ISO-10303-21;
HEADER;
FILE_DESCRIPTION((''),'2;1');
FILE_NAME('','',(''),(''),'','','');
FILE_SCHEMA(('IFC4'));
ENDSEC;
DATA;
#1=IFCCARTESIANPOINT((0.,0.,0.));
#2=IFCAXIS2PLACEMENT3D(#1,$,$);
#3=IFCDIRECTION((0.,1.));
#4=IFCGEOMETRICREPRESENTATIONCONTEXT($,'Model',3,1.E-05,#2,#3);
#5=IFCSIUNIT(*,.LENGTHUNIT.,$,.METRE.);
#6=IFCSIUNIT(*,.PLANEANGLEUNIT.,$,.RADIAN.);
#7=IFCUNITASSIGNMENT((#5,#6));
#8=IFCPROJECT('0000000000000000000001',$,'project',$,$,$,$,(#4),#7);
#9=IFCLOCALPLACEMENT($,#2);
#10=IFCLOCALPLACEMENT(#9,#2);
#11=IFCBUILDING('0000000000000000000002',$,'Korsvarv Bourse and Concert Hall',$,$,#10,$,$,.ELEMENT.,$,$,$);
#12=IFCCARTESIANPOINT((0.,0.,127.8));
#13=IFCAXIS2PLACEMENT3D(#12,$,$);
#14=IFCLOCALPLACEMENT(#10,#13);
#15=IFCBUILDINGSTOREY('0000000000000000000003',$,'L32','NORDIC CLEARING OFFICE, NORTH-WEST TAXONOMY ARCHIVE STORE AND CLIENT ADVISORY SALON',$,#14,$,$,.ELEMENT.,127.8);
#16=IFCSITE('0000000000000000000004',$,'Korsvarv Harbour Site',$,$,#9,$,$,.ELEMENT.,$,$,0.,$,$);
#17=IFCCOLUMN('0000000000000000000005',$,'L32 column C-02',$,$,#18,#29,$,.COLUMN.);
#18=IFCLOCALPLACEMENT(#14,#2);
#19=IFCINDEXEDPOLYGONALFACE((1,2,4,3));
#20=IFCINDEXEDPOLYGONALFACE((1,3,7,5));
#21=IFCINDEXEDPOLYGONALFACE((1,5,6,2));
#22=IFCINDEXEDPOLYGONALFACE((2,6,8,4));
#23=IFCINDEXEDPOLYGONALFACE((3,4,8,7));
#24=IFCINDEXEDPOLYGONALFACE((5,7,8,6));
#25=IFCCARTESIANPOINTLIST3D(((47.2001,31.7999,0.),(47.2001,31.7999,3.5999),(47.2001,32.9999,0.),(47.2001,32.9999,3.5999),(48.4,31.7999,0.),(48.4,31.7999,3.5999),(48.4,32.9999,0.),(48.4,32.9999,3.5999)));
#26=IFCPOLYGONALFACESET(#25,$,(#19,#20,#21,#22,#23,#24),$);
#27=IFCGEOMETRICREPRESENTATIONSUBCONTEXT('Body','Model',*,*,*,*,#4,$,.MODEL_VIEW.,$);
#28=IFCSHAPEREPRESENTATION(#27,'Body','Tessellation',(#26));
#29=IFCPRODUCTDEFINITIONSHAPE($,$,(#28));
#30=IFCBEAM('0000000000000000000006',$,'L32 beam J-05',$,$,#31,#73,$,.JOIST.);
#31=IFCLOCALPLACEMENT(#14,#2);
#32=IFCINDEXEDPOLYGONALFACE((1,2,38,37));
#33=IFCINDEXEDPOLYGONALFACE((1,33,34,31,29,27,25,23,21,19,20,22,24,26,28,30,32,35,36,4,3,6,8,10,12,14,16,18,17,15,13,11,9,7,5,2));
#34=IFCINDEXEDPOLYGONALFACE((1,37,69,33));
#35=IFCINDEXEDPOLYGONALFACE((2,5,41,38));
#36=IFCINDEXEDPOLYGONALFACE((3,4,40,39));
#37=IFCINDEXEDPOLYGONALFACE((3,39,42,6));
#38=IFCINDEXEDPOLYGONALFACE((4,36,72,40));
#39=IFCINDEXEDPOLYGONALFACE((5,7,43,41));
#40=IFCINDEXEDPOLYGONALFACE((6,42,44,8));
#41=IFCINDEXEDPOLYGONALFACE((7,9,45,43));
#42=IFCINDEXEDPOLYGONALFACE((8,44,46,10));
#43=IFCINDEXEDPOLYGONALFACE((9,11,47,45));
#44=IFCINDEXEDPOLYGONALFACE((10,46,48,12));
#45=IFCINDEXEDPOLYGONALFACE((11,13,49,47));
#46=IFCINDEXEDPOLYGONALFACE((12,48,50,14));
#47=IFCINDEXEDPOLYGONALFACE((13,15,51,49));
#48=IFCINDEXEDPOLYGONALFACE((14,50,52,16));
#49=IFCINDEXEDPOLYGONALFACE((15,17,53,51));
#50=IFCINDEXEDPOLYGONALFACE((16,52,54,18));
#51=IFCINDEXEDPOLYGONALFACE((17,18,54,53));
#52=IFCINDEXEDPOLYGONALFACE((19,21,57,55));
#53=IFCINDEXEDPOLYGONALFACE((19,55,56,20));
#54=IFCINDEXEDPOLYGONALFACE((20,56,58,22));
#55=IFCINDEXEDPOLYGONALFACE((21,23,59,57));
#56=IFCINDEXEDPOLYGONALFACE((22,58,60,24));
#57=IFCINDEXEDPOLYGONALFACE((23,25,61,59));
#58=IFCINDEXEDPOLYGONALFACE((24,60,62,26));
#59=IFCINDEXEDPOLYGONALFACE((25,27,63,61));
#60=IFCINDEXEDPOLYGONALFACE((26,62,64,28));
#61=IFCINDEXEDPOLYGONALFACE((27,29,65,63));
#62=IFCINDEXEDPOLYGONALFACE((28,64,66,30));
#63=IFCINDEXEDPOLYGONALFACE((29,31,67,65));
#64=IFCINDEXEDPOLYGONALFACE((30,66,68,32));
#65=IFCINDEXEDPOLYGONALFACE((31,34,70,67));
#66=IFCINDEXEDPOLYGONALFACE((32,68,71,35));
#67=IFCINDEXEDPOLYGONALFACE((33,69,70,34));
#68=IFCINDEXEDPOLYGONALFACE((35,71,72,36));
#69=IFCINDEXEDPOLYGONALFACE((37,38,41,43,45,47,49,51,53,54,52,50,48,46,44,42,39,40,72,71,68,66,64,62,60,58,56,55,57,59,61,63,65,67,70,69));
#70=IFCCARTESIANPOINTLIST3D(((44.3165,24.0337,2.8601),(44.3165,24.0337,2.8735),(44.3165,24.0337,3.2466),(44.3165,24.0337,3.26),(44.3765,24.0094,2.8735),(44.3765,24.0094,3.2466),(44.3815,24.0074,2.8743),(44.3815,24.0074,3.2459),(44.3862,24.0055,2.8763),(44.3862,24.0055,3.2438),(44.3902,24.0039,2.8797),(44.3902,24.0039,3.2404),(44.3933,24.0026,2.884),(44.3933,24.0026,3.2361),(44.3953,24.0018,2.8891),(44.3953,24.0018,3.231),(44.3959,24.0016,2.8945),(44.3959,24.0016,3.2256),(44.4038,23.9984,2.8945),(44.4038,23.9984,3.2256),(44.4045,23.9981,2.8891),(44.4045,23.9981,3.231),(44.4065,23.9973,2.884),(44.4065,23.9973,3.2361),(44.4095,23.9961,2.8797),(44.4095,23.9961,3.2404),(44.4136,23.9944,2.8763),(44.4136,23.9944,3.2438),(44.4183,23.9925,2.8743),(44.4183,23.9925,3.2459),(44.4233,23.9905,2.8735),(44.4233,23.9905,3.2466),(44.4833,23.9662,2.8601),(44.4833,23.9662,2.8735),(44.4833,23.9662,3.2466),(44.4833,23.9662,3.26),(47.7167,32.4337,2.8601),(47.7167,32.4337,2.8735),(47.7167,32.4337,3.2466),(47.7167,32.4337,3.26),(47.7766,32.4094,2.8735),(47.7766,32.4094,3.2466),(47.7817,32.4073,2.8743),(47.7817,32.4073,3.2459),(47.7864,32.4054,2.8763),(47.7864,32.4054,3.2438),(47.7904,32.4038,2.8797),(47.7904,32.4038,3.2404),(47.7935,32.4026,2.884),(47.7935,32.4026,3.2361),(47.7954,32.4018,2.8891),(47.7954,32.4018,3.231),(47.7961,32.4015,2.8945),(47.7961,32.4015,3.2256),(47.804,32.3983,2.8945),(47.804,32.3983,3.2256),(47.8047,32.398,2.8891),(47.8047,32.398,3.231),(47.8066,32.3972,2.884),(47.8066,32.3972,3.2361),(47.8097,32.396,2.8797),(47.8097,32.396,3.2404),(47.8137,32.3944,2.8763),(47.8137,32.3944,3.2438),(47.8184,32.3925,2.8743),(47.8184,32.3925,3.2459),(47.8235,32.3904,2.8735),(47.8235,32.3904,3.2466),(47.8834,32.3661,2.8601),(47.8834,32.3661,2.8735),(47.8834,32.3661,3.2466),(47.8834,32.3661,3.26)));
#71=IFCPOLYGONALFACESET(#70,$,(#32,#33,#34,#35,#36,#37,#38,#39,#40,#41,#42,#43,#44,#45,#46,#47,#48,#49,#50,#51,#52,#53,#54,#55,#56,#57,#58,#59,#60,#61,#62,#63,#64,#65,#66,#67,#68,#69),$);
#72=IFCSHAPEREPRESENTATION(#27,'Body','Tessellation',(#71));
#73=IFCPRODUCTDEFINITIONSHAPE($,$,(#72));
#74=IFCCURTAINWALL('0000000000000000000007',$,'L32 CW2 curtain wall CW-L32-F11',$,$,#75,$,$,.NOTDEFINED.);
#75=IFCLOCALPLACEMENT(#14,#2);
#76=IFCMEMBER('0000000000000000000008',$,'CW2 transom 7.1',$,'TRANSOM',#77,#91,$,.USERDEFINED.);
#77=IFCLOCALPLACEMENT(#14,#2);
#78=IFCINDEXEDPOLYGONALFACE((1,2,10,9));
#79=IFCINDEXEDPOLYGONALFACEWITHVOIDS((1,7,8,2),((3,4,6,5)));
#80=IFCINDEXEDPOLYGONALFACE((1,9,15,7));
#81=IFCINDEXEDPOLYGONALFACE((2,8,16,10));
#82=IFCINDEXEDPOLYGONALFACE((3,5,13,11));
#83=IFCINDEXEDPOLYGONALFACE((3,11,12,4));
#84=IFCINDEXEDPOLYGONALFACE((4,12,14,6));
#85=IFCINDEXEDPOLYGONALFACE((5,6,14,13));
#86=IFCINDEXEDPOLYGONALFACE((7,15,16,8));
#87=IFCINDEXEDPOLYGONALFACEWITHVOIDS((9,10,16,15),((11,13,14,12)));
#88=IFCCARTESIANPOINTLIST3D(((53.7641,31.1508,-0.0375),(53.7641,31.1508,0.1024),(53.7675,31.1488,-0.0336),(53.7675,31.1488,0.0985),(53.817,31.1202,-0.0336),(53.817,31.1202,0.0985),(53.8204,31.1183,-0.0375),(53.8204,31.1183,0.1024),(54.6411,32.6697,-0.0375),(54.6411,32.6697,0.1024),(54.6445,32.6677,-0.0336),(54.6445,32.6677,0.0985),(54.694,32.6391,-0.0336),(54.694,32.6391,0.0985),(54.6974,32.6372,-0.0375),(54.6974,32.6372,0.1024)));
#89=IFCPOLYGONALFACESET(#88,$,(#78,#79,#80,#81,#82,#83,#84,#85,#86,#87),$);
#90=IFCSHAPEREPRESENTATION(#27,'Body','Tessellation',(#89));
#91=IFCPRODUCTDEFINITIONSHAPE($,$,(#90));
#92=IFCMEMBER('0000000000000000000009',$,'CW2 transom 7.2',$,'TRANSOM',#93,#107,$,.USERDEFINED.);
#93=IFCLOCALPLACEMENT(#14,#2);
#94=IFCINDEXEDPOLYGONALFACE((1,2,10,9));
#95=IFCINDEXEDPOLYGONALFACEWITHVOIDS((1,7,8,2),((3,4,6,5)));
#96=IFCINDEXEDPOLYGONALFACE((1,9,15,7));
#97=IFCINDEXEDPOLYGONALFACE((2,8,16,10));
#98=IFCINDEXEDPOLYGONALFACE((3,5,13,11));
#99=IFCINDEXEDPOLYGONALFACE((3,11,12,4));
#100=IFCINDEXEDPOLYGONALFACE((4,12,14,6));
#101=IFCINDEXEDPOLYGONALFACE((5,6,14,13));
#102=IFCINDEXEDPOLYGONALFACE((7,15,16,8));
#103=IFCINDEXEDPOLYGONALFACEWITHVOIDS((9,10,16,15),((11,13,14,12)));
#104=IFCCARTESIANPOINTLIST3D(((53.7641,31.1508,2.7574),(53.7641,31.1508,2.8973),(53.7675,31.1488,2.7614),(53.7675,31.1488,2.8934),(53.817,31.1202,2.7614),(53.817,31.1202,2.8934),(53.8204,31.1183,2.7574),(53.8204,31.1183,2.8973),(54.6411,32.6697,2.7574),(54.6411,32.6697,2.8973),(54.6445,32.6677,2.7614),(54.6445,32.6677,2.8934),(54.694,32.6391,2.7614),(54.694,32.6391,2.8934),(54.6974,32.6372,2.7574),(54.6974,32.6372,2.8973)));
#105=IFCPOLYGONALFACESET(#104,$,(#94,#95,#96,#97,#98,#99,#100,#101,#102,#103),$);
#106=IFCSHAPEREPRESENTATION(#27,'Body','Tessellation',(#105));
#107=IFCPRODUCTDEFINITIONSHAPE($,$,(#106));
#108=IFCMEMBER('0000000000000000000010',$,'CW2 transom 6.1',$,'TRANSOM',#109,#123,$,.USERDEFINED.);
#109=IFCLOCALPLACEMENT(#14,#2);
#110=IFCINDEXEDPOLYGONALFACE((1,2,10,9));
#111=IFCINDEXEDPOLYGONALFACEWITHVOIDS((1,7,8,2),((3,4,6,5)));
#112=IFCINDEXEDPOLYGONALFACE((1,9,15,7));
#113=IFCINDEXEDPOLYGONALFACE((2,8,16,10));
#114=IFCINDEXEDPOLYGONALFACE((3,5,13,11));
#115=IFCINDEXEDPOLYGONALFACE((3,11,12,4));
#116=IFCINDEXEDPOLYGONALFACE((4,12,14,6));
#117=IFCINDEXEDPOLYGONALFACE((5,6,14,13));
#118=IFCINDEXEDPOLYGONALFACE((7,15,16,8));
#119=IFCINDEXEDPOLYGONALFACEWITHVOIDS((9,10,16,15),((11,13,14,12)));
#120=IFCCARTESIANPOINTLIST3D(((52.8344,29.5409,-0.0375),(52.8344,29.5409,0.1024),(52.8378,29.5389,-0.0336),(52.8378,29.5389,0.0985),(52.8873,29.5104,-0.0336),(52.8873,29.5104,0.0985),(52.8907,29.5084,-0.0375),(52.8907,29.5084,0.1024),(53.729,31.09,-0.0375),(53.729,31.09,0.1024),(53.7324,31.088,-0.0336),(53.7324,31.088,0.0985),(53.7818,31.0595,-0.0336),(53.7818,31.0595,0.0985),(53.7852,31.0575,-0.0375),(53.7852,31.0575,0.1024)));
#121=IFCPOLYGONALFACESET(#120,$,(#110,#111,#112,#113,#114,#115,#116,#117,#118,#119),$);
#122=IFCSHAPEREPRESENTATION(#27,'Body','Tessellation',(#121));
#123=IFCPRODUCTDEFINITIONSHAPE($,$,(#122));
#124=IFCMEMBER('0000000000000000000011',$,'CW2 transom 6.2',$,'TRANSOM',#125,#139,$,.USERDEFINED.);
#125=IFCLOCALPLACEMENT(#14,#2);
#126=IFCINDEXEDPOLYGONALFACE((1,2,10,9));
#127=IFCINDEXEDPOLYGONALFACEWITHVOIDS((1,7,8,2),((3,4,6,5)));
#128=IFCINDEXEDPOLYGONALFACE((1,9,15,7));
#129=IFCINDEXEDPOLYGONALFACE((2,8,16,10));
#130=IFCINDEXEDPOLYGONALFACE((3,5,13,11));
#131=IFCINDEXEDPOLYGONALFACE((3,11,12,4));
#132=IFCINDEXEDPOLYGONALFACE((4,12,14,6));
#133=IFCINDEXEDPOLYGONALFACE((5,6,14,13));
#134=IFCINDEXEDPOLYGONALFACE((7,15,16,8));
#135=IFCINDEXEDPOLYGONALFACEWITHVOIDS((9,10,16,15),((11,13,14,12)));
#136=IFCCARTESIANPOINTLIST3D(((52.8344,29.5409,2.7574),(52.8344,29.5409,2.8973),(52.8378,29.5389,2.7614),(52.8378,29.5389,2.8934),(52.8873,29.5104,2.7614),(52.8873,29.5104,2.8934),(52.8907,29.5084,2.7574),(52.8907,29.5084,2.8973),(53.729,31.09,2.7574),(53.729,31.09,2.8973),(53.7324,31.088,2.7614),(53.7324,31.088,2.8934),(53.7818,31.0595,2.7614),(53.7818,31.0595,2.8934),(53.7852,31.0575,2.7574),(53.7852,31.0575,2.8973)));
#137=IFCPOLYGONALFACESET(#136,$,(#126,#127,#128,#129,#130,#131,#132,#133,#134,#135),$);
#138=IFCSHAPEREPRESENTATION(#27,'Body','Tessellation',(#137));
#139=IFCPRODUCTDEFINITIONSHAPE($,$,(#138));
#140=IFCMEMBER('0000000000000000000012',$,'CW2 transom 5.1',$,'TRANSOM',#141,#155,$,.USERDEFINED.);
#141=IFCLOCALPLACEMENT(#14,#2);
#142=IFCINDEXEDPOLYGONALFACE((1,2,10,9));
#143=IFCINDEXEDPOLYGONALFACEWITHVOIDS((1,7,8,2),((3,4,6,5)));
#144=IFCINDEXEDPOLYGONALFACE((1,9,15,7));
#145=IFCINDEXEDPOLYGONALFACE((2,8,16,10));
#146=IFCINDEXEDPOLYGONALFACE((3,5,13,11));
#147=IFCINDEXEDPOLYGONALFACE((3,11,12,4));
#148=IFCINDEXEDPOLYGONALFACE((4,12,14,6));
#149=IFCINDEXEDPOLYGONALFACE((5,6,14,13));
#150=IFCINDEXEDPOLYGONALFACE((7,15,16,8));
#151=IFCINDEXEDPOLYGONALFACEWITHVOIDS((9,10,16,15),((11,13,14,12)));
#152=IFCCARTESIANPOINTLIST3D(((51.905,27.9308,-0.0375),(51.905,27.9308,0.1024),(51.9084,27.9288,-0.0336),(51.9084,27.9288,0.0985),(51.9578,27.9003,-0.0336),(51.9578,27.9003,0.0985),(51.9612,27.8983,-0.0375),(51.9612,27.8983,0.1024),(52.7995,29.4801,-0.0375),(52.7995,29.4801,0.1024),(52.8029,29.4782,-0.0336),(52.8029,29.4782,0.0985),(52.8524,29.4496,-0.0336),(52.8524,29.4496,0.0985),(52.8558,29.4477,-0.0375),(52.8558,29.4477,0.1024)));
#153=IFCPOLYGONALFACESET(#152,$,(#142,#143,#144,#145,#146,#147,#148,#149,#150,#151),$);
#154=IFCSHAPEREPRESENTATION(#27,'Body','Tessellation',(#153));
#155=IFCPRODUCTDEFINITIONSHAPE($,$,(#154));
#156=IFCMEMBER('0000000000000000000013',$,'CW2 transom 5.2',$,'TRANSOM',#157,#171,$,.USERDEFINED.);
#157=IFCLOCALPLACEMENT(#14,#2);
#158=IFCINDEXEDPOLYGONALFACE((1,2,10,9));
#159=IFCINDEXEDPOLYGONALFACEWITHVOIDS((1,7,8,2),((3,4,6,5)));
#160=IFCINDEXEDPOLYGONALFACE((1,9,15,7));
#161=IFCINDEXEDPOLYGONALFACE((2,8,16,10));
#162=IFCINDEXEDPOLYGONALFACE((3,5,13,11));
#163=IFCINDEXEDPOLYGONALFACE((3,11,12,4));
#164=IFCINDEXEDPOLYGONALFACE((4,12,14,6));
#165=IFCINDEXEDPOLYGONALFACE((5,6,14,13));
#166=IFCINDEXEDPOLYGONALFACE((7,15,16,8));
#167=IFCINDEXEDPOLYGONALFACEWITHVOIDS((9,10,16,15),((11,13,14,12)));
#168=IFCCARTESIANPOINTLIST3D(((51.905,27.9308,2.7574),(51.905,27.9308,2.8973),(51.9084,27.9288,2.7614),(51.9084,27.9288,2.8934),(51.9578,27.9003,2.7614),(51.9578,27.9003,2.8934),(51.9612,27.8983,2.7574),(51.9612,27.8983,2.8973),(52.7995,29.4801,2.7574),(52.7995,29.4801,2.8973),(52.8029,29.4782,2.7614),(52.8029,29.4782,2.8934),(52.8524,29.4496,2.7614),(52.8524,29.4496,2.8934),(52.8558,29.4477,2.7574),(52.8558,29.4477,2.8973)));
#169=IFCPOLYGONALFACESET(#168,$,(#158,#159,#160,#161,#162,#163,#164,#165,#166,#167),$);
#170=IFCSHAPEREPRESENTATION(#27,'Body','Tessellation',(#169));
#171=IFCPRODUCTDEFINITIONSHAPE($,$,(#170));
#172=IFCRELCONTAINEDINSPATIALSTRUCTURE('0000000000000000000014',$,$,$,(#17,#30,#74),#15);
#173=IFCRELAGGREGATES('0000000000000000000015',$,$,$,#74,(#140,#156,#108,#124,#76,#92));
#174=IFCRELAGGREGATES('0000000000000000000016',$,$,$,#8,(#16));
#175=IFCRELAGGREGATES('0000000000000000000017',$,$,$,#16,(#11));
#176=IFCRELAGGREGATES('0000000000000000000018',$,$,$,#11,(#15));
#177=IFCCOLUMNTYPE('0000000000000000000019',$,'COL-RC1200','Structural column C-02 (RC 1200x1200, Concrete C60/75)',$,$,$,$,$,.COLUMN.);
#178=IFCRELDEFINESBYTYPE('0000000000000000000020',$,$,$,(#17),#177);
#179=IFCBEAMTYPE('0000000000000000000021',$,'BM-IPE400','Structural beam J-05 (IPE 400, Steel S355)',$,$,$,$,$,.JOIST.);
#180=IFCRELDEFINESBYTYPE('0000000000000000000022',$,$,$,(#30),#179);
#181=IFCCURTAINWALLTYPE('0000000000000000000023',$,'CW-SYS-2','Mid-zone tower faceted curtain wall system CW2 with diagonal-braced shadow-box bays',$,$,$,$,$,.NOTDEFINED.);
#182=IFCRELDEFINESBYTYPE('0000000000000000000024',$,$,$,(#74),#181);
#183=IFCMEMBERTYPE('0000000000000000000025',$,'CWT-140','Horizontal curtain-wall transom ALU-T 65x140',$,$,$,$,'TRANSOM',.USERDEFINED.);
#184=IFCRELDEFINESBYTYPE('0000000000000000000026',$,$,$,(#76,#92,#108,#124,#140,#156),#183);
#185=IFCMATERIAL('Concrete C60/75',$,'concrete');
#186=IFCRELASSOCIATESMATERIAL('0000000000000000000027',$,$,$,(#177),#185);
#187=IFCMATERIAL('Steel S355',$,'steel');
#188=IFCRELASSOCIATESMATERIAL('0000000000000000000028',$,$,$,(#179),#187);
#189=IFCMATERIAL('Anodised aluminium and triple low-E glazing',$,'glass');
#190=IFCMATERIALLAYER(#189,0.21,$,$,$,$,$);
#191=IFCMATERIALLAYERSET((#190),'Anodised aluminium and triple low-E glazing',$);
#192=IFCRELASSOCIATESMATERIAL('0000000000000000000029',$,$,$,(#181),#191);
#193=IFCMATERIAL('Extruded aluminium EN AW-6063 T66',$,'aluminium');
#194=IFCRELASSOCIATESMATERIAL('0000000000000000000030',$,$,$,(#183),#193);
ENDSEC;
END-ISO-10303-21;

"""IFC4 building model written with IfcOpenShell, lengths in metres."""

from ifc_helpers import new_model, si_unit, direction, frame, origin, origin_2d, place, context, subcontext, project, spatial, rectangle, hollow_rectangle, i_section, extrude, source, transform, mapped, material, layer, layer_set, material_profile, profile_set, type_object, element, aggregate, save


model = new_model("IFC4")

# Units and contexts
model_context = context("Model", 3, precision=1e-05, world=origin(), true_north=direction((0.0, 1.0)))
body_context = subcontext(model_context, "Body", "Model", "MODEL_VIEW")
ifc_project = project(units=[si_unit("LENGTHUNIT", "METRE"), si_unit("PLANEANGLEUNIT", "RADIAN")], contexts=[model_context])

# Site, building, storey
site_placement = place(None, origin())
site = spatial("IfcSite", under=ifc_project, at=site_placement, Name="Korsvarv Harbour Site", CompositionType="ELEMENT", RefElevation=0.0)
building_placement = place(site_placement, origin())
building = spatial("IfcBuilding", under=site, at=building_placement, Name="Korsvarv Bourse and Concert Hall", CompositionType="ELEMENT")
storey_placement = place(building_placement, frame((0.0, 0.0, 127.8)))
storey = spatial("IfcBuildingStorey", under=building, at=storey_placement, Name="L32", Description="NORDIC CLEARING OFFICE, NORTH-WEST TAXONOMY ARCHIVE STORE AND CLIENT ADVISORY SALON", CompositionType="ELEMENT", Elevation=127.8)

# Column
ifc_material_1 = material(Name="Concrete C60/75", Category="concrete")
ifc_material_profile_1 = material_profile(ifc_material_1, rectangle(XDim=1.2, YDim=1.2, at=origin_2d()), Name="RC 1200x1200")
ifc_profile_set_1 = profile_set([ifc_material_profile_1], Name="Concrete C60/75")
column_type = type_object("IfcColumnType", Name="COL-RC1200", Description="Structural column C-02 (RC 1200x1200, Concrete C60/75)", PredefinedType="COLUMN", material=ifc_profile_set_1)
shared_shape_1 = source(origin(), body_context, "Body", "SweptSolid", [
    extrude(rectangle(XDim=1.2, YDim=1.2, at=origin_2d()), origin(), (0.0, 0.0, 1.0), 3.5999),
])
column_placement = place(storey_placement, frame((47.8, 32.3999, 0.0), z_axis=(0.0, 0.0, 1.0), x_axis=(1.0, 0.0, 0.0)))
element("IfcColumn", 1, at=column_placement, inside=storey, type_object=column_type, Name="L32 column C-02", PredefinedType="COLUMN", context=body_context, shape_type="MappedRepresentation", body=[
    mapped(shared_shape_1, transform((0.0, 0.0, 0.0), scale=1.0)),
])

# Beam
ifc_material_2 = material(Name="Steel S355", Category="steel")
ifc_material_profile_2 = material_profile(ifc_material_2, i_section(OverallWidth=0.1799, OverallDepth=0.3999, WebThickness=0.0085, FlangeThickness=0.0134, FilletRadius=0.021, at=origin_2d()), Name="IPE 400")
ifc_profile_set_2 = profile_set([ifc_material_profile_2], Name="Steel S355")
beam_type = type_object("IfcBeamType", Name="BM-IPE400", Description="Structural beam J-05 (IPE 400, Steel S355)", PredefinedType="JOIST", material=ifc_profile_set_2)
shared_shape_2 = source(origin(), body_context, "Body", "SweptSolid", [
    extrude(i_section(OverallWidth=0.1799, OverallDepth=0.3999, WebThickness=0.0085, FlangeThickness=0.0134, FilletRadius=0.021, at=origin_2d()), origin(), (0.0, 0.0, 1.0), 9.062),
])
beam_placement = place(storey_placement, frame((47.8, 32.3999, 3.0601), z_axis=(-0.37521, -0.92694, 0.0), x_axis=(0.92694, -0.37521, 0.0)))
element("IfcBeam", 2, at=beam_placement, inside=storey, type_object=beam_type, Name="L32 beam J-05", PredefinedType="JOIST", context=body_context, shape_type="MappedRepresentation", body=[
    mapped(shared_shape_2, transform((0.0, 0.0, 0.0), scale=1.0)),
])

# Curtain wall, members
ifc_material_3 = material(Name="Anodised aluminium and triple low-E glazing", Category="glass")
ifc_layer_1 = layer(ifc_material_3, 0.21)
ifc_layer_set_1 = layer_set([ifc_layer_1], Name="Anodised aluminium and triple low-E glazing")
curtain_wall_type = type_object("IfcCurtainWallType", Name="CW-SYS-2", Description="Mid-zone tower faceted curtain wall system CW2 with diagonal-braced shadow-box bays", PredefinedType="NOTDEFINED", material=ifc_layer_set_1)
curtain_wall_placement = place(storey_placement, origin())
curtain_wall = element("IfcCurtainWall", 3, at=curtain_wall_placement, inside=storey, type_object=curtain_wall_type, Name="L32 CW2 curtain wall CW-L32-F11", PredefinedType="NOTDEFINED")
ifc_material_4 = material(Name="Extruded aluminium EN AW-6063 T66", Category="aluminium")
ifc_material_profile_3 = material_profile(ifc_material_4, hollow_rectangle(XDim=0.0649, YDim=0.1399, WallThickness=0.0039, at=origin_2d()), Name="ALU-T 65x140")
ifc_profile_set_3 = profile_set([ifc_material_profile_3], Name="Extruded aluminium EN AW-6063 T66")
member_type_1 = type_object("IfcMemberType", Name="CWT-140", Description="Horizontal curtain-wall transom ALU-T 65x140", ElementType="TRANSOM", PredefinedType="USERDEFINED", material=ifc_profile_set_3)
shared_shape_3 = source(origin(), body_context, "Body", "SweptSolid", [
    extrude(hollow_rectangle(XDim=0.0649, YDim=0.1399, WallThickness=0.0039, at=origin_2d()), origin(), (0.0, 0.0, 1.0), 1.7539),
])
member_1_placement = place(storey_placement, frame((53.7922, 31.1345, 0.0325), z_axis=(0.500032, 0.866007, 0.0), x_axis=(-0.866007, 0.500032, 0.0)))
member_1 = element("IfcMember", 4, at=member_1_placement, type_object=member_type_1, Name="CW2 transom 7.1", ObjectType="TRANSOM", PredefinedType="USERDEFINED", context=body_context, shape_type="MappedRepresentation", body=[
    mapped(shared_shape_3, transform((0.0, 0.0, 0.0), scale=1.0)),
])
member_2_placement = place(storey_placement, frame((53.7922, 31.1345, 2.8274), z_axis=(0.500032, 0.866007, 0.0), x_axis=(-0.866007, 0.500032, 0.0)))
member_2 = element("IfcMember", 5, at=member_2_placement, type_object=member_type_1, Name="CW2 transom 7.2", ObjectType="TRANSOM", PredefinedType="USERDEFINED", context=body_context, shape_type="MappedRepresentation", body=[
    mapped(shared_shape_3, transform((0.0, 0.0, 0.0), scale=1.0)),
])
shared_shape_4 = source(origin(), body_context, "Body", "SweptSolid", [
    extrude(hollow_rectangle(XDim=0.0649, YDim=0.1399, WallThickness=0.0039, at=origin_2d()), origin(), (0.0, 0.0, 1.0), 1.7888),
])
member_3_placement = place(storey_placement, frame((52.8625, 29.5247, 0.0325), z_axis=(0.500073, 0.865983, 0.0), x_axis=(-0.865983, 0.500073, 0.0)))
member_3 = element("IfcMember", 6, at=member_3_placement, type_object=member_type_1, Name="CW2 transom 6.1", ObjectType="TRANSOM", PredefinedType="USERDEFINED", context=body_context, shape_type="MappedRepresentation", body=[
    mapped(shared_shape_4, transform((0.0, 0.0, 0.0), scale=1.0)),
])
member_4_placement = place(storey_placement, frame((52.8625, 29.5247, 2.8274), z_axis=(0.500073, 0.865983, 0.0), x_axis=(-0.865983, 0.500073, 0.0)))
member_4 = element("IfcMember", 7, at=member_4_placement, type_object=member_type_1, Name="CW2 transom 6.2", ObjectType="TRANSOM", PredefinedType="USERDEFINED", context=body_context, shape_type="MappedRepresentation", body=[
    mapped(shared_shape_4, transform((0.0, 0.0, 0.0), scale=1.0)),
])
shared_shape_5 = source(origin(), body_context, "Body", "SweptSolid", [
    extrude(hollow_rectangle(XDim=0.0649, YDim=0.1399, WallThickness=0.0039, at=origin_2d()), origin(), (0.0, 0.0, 1.0), 1.7891),
])
member_5_placement = place(storey_placement, frame((51.9331, 27.9146, 0.0325), z_axis=(0.500014, 0.866017, 0.0), x_axis=(-0.866017, 0.500014, 0.0)))
member_5 = element("IfcMember", 8, at=member_5_placement, type_object=member_type_1, Name="CW2 transom 5.1", ObjectType="TRANSOM", PredefinedType="USERDEFINED", context=body_context, shape_type="MappedRepresentation", body=[
    mapped(shared_shape_5, transform((0.0, 0.0, 0.0), scale=1.0)),
])
member_6_placement = place(storey_placement, frame((51.9331, 27.9146, 2.8274), z_axis=(0.500014, 0.866017, 0.0), x_axis=(-0.866017, 0.500014, 0.0)))
member_6 = element("IfcMember", 9, at=member_6_placement, type_object=member_type_1, Name="CW2 transom 5.2", ObjectType="TRANSOM", PredefinedType="USERDEFINED", context=body_context, shape_type="MappedRepresentation", body=[
    mapped(shared_shape_5, transform((0.0, 0.0, 0.0), scale=1.0)),
])
aggregate(curtain_wall, [member_5, member_6, member_3, member_4, member_1, member_2])

save(model, "model.ifc")
